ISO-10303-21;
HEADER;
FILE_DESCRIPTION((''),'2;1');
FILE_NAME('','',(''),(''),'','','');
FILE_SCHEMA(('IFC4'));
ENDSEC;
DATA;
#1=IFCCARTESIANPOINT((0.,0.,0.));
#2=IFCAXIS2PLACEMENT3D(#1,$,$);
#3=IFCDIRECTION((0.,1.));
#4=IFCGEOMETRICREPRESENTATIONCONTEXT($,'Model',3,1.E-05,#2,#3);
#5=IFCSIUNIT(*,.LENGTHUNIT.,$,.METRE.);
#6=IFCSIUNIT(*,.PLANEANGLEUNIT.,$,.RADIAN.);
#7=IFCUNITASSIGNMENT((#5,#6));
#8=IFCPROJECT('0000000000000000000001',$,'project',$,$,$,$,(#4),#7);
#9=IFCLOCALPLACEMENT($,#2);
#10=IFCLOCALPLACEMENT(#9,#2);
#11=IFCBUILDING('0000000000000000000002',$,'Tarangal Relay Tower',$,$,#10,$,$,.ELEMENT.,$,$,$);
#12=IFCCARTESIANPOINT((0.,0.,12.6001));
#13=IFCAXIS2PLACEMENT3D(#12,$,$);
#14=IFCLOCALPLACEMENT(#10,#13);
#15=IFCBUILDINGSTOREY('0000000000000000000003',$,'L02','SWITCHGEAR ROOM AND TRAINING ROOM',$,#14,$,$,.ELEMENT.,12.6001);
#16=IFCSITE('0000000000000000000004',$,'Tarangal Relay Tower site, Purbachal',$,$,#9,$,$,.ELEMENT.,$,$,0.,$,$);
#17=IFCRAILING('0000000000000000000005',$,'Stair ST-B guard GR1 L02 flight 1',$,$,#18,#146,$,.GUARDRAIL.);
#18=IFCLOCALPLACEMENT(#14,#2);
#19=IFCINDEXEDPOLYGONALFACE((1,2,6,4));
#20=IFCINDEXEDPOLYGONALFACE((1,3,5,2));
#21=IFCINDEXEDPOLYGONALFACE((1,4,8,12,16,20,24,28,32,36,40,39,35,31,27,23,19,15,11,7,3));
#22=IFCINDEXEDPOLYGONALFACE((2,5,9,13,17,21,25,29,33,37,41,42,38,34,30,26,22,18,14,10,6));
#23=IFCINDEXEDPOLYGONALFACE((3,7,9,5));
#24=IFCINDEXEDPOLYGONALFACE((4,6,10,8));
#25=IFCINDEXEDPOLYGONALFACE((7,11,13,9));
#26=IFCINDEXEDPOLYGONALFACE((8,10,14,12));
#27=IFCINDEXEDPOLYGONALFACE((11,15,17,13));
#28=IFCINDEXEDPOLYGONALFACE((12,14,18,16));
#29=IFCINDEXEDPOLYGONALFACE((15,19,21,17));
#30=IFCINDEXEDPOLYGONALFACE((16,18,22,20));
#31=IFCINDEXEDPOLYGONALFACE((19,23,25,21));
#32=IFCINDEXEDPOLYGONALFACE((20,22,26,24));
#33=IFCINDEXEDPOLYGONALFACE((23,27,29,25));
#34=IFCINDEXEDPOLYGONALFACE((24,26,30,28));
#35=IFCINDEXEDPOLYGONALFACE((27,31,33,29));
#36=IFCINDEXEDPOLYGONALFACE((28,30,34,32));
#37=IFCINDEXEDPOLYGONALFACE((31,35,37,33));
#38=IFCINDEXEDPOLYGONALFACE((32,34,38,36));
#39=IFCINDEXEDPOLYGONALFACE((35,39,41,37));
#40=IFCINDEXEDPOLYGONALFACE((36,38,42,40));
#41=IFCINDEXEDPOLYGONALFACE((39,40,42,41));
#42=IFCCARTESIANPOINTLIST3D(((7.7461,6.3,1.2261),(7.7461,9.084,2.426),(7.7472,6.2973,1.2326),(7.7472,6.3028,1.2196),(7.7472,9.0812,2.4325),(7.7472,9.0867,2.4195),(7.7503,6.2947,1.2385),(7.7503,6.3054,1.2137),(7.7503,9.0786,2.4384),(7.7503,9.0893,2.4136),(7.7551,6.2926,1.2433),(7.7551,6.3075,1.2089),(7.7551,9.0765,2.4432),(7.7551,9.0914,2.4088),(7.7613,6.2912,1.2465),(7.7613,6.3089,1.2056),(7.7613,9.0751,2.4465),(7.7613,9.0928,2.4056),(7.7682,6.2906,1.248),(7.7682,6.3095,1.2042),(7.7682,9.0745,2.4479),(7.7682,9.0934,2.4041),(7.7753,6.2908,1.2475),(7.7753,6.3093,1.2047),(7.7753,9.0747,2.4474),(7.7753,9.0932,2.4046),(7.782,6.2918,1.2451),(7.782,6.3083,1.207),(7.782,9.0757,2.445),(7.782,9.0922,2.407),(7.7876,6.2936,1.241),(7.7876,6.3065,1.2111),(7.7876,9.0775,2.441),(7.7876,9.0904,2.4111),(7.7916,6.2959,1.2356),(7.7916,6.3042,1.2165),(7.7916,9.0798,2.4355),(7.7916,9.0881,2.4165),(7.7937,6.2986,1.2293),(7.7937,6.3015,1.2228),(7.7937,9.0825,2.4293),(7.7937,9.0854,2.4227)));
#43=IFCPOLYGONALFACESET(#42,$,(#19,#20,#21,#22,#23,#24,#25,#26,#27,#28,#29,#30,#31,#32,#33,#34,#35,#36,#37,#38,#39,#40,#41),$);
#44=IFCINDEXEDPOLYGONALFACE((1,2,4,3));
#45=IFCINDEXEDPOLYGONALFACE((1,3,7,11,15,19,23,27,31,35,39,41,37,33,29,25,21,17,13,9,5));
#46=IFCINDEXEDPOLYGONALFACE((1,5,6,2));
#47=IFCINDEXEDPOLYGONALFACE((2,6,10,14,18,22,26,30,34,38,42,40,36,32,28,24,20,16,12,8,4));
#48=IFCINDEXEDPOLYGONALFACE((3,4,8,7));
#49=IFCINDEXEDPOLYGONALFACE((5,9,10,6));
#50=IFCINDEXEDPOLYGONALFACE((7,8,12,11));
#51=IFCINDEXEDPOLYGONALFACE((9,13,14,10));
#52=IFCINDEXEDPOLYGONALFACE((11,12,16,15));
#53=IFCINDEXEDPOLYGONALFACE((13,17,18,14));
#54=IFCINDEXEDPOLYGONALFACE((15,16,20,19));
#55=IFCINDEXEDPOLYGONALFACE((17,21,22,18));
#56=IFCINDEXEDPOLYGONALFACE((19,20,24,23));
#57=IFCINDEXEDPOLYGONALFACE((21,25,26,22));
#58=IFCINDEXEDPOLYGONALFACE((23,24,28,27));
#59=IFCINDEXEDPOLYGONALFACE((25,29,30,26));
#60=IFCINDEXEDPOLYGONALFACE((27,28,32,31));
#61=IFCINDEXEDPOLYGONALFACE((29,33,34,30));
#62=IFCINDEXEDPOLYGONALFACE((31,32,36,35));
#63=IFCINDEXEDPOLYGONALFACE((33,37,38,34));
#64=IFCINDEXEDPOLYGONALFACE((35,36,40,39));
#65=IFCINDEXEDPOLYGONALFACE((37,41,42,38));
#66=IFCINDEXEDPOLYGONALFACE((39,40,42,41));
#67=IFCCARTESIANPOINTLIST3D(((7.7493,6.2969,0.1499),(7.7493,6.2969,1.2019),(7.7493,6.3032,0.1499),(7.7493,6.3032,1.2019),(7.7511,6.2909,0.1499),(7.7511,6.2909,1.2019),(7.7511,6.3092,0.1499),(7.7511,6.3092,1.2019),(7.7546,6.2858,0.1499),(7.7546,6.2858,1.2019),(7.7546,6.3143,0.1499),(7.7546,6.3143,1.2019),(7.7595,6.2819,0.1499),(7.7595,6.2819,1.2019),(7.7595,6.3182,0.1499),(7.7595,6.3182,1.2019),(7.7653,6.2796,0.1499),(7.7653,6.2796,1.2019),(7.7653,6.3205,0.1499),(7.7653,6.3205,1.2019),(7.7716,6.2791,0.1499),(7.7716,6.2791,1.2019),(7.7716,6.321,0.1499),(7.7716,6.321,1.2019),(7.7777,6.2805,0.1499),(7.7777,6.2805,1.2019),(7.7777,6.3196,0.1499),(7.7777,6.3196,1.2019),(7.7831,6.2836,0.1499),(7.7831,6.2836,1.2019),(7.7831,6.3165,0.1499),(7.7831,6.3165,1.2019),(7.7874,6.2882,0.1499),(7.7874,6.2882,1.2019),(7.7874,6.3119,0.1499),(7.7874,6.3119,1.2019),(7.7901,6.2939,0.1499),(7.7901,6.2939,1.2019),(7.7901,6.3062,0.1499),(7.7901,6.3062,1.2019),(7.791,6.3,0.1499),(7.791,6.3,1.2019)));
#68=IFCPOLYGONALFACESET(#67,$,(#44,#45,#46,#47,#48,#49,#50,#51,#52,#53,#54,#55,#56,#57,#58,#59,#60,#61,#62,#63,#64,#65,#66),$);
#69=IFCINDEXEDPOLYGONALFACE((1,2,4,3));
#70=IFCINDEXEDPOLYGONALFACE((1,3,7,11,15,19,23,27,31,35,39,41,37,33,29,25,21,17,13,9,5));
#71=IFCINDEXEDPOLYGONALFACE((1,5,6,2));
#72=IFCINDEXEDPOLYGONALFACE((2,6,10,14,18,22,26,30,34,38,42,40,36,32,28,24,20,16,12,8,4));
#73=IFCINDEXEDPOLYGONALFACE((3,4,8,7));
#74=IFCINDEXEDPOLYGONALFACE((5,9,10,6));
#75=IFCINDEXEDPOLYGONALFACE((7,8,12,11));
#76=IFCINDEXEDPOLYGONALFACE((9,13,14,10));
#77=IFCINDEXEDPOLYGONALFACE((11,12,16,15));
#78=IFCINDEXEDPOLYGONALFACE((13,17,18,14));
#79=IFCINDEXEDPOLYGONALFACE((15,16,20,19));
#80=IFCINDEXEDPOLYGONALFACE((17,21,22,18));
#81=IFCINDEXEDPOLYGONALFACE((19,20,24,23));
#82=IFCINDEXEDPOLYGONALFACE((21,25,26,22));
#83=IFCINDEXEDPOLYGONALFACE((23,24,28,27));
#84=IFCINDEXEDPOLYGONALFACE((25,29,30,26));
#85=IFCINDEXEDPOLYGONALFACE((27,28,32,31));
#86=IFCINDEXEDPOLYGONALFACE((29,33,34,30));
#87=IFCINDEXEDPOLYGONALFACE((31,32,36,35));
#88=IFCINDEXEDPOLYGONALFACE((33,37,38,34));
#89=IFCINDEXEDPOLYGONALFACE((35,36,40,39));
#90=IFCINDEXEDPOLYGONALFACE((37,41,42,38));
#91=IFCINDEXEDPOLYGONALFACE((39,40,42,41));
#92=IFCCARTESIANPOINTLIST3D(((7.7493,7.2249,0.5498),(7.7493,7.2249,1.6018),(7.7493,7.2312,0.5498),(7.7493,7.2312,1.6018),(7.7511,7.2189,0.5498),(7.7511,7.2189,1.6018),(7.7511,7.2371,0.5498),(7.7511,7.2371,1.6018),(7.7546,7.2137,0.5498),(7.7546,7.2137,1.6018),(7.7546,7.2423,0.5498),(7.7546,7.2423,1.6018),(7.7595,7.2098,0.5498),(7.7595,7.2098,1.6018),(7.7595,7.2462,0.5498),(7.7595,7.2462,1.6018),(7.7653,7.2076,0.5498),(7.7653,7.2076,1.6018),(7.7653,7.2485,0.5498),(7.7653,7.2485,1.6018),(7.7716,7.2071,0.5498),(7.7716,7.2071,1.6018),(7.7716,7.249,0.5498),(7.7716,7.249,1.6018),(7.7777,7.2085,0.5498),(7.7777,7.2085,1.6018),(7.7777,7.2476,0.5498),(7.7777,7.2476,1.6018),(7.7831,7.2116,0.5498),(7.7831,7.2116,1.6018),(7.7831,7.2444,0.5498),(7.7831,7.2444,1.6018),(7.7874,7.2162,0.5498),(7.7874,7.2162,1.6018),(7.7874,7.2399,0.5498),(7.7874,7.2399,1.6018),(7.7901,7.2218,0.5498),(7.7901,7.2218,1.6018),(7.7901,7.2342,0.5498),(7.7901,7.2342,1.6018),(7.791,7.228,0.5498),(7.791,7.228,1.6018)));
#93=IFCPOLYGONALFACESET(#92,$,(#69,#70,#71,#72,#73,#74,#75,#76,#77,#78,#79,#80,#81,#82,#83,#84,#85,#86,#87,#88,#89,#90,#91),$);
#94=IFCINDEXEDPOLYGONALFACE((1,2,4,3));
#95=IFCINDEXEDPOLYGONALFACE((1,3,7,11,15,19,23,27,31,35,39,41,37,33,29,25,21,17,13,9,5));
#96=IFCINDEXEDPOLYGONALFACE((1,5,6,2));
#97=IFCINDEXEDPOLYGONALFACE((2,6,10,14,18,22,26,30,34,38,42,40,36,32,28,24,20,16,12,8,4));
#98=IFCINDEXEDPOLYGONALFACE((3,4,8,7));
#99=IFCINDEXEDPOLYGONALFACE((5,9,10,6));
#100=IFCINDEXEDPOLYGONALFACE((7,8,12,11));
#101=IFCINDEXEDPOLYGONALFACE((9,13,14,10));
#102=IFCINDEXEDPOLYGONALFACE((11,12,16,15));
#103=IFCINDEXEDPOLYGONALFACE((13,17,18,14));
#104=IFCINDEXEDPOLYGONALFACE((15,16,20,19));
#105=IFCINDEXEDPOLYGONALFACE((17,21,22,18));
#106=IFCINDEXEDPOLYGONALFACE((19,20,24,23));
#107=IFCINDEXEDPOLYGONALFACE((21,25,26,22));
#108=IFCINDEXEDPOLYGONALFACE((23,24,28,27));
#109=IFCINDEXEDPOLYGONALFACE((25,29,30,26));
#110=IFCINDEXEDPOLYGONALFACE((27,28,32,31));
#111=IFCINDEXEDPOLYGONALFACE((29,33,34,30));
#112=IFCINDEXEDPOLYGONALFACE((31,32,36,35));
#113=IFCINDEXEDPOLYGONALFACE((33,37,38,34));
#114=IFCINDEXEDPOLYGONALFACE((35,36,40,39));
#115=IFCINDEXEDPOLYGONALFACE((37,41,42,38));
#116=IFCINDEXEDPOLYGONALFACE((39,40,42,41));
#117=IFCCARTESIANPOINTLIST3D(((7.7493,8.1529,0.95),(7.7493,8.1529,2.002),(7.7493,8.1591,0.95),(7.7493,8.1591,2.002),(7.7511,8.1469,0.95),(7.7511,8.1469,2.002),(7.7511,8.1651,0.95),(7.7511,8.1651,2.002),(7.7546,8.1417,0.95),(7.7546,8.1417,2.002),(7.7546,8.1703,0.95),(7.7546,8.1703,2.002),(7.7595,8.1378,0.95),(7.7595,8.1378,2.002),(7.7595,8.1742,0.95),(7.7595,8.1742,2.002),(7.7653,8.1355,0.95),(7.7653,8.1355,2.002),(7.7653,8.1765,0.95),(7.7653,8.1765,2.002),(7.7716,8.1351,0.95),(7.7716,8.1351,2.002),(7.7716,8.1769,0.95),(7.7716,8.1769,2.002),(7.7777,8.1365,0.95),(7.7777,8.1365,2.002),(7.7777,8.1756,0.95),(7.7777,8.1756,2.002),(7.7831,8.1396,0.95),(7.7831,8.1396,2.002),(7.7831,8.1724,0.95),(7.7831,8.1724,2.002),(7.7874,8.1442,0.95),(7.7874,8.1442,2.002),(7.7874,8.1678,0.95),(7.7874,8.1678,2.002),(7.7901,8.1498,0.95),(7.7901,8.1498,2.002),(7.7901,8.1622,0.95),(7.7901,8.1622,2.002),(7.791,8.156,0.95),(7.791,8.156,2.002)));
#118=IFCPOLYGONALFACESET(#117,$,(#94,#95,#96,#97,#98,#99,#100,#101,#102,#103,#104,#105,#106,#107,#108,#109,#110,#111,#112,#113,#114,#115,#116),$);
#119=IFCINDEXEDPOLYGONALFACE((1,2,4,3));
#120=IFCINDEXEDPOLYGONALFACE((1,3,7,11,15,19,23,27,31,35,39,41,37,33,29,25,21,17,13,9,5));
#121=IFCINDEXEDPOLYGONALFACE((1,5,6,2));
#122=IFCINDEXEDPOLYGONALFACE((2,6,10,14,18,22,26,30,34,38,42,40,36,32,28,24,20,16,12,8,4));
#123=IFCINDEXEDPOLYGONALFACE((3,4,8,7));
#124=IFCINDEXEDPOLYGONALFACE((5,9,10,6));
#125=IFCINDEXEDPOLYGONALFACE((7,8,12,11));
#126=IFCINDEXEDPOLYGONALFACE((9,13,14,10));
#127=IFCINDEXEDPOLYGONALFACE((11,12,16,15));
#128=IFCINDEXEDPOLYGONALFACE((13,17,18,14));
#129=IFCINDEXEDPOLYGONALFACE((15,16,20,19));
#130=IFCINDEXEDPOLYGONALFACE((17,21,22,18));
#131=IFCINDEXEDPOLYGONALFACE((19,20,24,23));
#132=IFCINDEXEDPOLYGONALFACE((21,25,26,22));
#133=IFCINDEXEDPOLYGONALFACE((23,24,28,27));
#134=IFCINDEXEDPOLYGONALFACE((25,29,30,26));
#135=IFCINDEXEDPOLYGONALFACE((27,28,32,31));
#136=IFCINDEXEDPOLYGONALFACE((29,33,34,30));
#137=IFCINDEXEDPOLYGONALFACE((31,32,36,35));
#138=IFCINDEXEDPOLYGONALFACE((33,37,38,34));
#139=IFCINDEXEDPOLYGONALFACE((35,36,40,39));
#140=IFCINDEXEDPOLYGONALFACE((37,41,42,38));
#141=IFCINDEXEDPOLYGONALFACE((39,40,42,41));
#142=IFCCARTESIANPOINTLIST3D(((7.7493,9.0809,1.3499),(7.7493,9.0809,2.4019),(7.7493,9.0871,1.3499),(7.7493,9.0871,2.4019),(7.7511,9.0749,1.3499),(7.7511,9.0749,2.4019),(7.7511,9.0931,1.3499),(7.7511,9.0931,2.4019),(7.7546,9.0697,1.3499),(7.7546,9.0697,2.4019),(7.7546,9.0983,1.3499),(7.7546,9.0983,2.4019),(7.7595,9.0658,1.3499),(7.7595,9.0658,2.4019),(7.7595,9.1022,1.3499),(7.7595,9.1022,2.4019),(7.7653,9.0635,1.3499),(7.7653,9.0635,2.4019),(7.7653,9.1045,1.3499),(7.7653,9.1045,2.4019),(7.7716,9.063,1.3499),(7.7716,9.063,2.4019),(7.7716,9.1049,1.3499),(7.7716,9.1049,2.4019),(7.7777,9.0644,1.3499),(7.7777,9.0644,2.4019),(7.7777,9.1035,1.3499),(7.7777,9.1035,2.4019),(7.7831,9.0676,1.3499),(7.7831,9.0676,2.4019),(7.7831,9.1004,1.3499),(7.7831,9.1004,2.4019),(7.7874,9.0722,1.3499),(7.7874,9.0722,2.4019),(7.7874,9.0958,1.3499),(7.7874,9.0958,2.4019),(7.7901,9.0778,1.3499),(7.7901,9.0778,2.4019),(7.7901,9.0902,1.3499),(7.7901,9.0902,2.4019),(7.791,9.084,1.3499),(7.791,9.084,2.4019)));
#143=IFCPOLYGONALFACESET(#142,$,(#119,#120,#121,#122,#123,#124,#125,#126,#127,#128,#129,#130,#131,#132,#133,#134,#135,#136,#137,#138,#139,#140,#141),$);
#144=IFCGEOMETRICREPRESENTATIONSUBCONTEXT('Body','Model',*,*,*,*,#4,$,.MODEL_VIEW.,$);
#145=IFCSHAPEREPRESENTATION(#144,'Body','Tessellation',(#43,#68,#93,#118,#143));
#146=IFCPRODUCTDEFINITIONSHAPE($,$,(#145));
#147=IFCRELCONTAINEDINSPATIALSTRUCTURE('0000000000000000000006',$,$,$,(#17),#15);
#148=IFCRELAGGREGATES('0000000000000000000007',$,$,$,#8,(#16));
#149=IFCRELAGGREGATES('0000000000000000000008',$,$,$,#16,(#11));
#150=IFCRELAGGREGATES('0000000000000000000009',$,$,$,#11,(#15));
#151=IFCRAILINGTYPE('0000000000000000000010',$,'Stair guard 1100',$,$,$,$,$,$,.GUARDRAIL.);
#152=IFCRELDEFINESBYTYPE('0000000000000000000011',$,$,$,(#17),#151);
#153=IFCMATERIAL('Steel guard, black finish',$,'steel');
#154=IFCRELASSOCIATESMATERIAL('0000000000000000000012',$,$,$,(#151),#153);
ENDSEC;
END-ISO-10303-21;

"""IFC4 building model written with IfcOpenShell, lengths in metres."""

from ifc_helpers import new_model, si_unit, direction, frame, origin, origin_2d, place, context, subcontext, project, spatial, circle, extrude, material, type_object, element, save


model = new_model("IFC4")

# Units and contexts
model_context = context("Model", 3, precision=1e-05, world=origin(), true_north=direction((0.0, 1.0)))
body_context = subcontext(model_context, "Body", "Model", "MODEL_VIEW")
ifc_project = project(units=[si_unit("LENGTHUNIT", "METRE"), si_unit("PLANEANGLEUNIT", "RADIAN")], contexts=[model_context])

# Site, building, storey
site_placement = place(None, origin())
site = spatial("IfcSite", under=ifc_project, at=site_placement, Name="Tarangal Relay Tower site, Purbachal", CompositionType="ELEMENT", RefElevation=0.0)
building_placement = place(site_placement, origin())
building = spatial("IfcBuilding", under=site, at=building_placement, Name="Tarangal Relay Tower", CompositionType="ELEMENT")
storey_placement = place(building_placement, frame((0.0, 0.0, 12.6001)))
storey = spatial("IfcBuildingStorey", under=building, at=storey_placement, Name="L02", Description="SWITCHGEAR ROOM AND TRAINING ROOM", CompositionType="ELEMENT", Elevation=12.6001)

# Railing
ifc_material_1 = material(Name="Steel guard, black finish", Category="steel")
railing_type_1 = type_object("IfcRailingType", Name="Stair guard 1100", PredefinedType="GUARDRAIL", material=ifc_material_1)
railing_1_placement = place(storey_placement, frame((7.77, 6.3, 0.1499)))
element("IfcRailing", 1, at=railing_1_placement, inside=storey, type_object=railing_type_1, Name="Stair ST-B guard GR1 L02 flight 1", PredefinedType="GUARDRAIL", context=body_context, shape_type="SweptSolid", body=[
    extrude(circle(Radius=0.0239, at=origin_2d()), frame((0.0, 0.0, 1.0762), z_axis=(0.0, 0.918327, 0.395823), x_axis=(-1.0, 0.0, 0.0)), (0.0, 0.0, 1.0), 3.0315),
    extrude(circle(Radius=0.021, at=origin_2d()), origin(), (0.0, 0.0, 1.0), 1.052),
    extrude(circle(Radius=0.021, at=origin_2d()), frame((0.0, 0.928, 0.3999)), (0.0, 0.0, 1.0), 1.052),
    extrude(circle(Radius=0.021, at=origin_2d()), frame((0.0, 1.856, 0.8)), (0.0, 0.0, 1.0), 1.052),
    extrude(circle(Radius=0.021, at=origin_2d()), frame((0.0, 2.7839, 1.2)), (0.0, 0.0, 1.0), 1.052),
])

save(model, "model.ifc")
